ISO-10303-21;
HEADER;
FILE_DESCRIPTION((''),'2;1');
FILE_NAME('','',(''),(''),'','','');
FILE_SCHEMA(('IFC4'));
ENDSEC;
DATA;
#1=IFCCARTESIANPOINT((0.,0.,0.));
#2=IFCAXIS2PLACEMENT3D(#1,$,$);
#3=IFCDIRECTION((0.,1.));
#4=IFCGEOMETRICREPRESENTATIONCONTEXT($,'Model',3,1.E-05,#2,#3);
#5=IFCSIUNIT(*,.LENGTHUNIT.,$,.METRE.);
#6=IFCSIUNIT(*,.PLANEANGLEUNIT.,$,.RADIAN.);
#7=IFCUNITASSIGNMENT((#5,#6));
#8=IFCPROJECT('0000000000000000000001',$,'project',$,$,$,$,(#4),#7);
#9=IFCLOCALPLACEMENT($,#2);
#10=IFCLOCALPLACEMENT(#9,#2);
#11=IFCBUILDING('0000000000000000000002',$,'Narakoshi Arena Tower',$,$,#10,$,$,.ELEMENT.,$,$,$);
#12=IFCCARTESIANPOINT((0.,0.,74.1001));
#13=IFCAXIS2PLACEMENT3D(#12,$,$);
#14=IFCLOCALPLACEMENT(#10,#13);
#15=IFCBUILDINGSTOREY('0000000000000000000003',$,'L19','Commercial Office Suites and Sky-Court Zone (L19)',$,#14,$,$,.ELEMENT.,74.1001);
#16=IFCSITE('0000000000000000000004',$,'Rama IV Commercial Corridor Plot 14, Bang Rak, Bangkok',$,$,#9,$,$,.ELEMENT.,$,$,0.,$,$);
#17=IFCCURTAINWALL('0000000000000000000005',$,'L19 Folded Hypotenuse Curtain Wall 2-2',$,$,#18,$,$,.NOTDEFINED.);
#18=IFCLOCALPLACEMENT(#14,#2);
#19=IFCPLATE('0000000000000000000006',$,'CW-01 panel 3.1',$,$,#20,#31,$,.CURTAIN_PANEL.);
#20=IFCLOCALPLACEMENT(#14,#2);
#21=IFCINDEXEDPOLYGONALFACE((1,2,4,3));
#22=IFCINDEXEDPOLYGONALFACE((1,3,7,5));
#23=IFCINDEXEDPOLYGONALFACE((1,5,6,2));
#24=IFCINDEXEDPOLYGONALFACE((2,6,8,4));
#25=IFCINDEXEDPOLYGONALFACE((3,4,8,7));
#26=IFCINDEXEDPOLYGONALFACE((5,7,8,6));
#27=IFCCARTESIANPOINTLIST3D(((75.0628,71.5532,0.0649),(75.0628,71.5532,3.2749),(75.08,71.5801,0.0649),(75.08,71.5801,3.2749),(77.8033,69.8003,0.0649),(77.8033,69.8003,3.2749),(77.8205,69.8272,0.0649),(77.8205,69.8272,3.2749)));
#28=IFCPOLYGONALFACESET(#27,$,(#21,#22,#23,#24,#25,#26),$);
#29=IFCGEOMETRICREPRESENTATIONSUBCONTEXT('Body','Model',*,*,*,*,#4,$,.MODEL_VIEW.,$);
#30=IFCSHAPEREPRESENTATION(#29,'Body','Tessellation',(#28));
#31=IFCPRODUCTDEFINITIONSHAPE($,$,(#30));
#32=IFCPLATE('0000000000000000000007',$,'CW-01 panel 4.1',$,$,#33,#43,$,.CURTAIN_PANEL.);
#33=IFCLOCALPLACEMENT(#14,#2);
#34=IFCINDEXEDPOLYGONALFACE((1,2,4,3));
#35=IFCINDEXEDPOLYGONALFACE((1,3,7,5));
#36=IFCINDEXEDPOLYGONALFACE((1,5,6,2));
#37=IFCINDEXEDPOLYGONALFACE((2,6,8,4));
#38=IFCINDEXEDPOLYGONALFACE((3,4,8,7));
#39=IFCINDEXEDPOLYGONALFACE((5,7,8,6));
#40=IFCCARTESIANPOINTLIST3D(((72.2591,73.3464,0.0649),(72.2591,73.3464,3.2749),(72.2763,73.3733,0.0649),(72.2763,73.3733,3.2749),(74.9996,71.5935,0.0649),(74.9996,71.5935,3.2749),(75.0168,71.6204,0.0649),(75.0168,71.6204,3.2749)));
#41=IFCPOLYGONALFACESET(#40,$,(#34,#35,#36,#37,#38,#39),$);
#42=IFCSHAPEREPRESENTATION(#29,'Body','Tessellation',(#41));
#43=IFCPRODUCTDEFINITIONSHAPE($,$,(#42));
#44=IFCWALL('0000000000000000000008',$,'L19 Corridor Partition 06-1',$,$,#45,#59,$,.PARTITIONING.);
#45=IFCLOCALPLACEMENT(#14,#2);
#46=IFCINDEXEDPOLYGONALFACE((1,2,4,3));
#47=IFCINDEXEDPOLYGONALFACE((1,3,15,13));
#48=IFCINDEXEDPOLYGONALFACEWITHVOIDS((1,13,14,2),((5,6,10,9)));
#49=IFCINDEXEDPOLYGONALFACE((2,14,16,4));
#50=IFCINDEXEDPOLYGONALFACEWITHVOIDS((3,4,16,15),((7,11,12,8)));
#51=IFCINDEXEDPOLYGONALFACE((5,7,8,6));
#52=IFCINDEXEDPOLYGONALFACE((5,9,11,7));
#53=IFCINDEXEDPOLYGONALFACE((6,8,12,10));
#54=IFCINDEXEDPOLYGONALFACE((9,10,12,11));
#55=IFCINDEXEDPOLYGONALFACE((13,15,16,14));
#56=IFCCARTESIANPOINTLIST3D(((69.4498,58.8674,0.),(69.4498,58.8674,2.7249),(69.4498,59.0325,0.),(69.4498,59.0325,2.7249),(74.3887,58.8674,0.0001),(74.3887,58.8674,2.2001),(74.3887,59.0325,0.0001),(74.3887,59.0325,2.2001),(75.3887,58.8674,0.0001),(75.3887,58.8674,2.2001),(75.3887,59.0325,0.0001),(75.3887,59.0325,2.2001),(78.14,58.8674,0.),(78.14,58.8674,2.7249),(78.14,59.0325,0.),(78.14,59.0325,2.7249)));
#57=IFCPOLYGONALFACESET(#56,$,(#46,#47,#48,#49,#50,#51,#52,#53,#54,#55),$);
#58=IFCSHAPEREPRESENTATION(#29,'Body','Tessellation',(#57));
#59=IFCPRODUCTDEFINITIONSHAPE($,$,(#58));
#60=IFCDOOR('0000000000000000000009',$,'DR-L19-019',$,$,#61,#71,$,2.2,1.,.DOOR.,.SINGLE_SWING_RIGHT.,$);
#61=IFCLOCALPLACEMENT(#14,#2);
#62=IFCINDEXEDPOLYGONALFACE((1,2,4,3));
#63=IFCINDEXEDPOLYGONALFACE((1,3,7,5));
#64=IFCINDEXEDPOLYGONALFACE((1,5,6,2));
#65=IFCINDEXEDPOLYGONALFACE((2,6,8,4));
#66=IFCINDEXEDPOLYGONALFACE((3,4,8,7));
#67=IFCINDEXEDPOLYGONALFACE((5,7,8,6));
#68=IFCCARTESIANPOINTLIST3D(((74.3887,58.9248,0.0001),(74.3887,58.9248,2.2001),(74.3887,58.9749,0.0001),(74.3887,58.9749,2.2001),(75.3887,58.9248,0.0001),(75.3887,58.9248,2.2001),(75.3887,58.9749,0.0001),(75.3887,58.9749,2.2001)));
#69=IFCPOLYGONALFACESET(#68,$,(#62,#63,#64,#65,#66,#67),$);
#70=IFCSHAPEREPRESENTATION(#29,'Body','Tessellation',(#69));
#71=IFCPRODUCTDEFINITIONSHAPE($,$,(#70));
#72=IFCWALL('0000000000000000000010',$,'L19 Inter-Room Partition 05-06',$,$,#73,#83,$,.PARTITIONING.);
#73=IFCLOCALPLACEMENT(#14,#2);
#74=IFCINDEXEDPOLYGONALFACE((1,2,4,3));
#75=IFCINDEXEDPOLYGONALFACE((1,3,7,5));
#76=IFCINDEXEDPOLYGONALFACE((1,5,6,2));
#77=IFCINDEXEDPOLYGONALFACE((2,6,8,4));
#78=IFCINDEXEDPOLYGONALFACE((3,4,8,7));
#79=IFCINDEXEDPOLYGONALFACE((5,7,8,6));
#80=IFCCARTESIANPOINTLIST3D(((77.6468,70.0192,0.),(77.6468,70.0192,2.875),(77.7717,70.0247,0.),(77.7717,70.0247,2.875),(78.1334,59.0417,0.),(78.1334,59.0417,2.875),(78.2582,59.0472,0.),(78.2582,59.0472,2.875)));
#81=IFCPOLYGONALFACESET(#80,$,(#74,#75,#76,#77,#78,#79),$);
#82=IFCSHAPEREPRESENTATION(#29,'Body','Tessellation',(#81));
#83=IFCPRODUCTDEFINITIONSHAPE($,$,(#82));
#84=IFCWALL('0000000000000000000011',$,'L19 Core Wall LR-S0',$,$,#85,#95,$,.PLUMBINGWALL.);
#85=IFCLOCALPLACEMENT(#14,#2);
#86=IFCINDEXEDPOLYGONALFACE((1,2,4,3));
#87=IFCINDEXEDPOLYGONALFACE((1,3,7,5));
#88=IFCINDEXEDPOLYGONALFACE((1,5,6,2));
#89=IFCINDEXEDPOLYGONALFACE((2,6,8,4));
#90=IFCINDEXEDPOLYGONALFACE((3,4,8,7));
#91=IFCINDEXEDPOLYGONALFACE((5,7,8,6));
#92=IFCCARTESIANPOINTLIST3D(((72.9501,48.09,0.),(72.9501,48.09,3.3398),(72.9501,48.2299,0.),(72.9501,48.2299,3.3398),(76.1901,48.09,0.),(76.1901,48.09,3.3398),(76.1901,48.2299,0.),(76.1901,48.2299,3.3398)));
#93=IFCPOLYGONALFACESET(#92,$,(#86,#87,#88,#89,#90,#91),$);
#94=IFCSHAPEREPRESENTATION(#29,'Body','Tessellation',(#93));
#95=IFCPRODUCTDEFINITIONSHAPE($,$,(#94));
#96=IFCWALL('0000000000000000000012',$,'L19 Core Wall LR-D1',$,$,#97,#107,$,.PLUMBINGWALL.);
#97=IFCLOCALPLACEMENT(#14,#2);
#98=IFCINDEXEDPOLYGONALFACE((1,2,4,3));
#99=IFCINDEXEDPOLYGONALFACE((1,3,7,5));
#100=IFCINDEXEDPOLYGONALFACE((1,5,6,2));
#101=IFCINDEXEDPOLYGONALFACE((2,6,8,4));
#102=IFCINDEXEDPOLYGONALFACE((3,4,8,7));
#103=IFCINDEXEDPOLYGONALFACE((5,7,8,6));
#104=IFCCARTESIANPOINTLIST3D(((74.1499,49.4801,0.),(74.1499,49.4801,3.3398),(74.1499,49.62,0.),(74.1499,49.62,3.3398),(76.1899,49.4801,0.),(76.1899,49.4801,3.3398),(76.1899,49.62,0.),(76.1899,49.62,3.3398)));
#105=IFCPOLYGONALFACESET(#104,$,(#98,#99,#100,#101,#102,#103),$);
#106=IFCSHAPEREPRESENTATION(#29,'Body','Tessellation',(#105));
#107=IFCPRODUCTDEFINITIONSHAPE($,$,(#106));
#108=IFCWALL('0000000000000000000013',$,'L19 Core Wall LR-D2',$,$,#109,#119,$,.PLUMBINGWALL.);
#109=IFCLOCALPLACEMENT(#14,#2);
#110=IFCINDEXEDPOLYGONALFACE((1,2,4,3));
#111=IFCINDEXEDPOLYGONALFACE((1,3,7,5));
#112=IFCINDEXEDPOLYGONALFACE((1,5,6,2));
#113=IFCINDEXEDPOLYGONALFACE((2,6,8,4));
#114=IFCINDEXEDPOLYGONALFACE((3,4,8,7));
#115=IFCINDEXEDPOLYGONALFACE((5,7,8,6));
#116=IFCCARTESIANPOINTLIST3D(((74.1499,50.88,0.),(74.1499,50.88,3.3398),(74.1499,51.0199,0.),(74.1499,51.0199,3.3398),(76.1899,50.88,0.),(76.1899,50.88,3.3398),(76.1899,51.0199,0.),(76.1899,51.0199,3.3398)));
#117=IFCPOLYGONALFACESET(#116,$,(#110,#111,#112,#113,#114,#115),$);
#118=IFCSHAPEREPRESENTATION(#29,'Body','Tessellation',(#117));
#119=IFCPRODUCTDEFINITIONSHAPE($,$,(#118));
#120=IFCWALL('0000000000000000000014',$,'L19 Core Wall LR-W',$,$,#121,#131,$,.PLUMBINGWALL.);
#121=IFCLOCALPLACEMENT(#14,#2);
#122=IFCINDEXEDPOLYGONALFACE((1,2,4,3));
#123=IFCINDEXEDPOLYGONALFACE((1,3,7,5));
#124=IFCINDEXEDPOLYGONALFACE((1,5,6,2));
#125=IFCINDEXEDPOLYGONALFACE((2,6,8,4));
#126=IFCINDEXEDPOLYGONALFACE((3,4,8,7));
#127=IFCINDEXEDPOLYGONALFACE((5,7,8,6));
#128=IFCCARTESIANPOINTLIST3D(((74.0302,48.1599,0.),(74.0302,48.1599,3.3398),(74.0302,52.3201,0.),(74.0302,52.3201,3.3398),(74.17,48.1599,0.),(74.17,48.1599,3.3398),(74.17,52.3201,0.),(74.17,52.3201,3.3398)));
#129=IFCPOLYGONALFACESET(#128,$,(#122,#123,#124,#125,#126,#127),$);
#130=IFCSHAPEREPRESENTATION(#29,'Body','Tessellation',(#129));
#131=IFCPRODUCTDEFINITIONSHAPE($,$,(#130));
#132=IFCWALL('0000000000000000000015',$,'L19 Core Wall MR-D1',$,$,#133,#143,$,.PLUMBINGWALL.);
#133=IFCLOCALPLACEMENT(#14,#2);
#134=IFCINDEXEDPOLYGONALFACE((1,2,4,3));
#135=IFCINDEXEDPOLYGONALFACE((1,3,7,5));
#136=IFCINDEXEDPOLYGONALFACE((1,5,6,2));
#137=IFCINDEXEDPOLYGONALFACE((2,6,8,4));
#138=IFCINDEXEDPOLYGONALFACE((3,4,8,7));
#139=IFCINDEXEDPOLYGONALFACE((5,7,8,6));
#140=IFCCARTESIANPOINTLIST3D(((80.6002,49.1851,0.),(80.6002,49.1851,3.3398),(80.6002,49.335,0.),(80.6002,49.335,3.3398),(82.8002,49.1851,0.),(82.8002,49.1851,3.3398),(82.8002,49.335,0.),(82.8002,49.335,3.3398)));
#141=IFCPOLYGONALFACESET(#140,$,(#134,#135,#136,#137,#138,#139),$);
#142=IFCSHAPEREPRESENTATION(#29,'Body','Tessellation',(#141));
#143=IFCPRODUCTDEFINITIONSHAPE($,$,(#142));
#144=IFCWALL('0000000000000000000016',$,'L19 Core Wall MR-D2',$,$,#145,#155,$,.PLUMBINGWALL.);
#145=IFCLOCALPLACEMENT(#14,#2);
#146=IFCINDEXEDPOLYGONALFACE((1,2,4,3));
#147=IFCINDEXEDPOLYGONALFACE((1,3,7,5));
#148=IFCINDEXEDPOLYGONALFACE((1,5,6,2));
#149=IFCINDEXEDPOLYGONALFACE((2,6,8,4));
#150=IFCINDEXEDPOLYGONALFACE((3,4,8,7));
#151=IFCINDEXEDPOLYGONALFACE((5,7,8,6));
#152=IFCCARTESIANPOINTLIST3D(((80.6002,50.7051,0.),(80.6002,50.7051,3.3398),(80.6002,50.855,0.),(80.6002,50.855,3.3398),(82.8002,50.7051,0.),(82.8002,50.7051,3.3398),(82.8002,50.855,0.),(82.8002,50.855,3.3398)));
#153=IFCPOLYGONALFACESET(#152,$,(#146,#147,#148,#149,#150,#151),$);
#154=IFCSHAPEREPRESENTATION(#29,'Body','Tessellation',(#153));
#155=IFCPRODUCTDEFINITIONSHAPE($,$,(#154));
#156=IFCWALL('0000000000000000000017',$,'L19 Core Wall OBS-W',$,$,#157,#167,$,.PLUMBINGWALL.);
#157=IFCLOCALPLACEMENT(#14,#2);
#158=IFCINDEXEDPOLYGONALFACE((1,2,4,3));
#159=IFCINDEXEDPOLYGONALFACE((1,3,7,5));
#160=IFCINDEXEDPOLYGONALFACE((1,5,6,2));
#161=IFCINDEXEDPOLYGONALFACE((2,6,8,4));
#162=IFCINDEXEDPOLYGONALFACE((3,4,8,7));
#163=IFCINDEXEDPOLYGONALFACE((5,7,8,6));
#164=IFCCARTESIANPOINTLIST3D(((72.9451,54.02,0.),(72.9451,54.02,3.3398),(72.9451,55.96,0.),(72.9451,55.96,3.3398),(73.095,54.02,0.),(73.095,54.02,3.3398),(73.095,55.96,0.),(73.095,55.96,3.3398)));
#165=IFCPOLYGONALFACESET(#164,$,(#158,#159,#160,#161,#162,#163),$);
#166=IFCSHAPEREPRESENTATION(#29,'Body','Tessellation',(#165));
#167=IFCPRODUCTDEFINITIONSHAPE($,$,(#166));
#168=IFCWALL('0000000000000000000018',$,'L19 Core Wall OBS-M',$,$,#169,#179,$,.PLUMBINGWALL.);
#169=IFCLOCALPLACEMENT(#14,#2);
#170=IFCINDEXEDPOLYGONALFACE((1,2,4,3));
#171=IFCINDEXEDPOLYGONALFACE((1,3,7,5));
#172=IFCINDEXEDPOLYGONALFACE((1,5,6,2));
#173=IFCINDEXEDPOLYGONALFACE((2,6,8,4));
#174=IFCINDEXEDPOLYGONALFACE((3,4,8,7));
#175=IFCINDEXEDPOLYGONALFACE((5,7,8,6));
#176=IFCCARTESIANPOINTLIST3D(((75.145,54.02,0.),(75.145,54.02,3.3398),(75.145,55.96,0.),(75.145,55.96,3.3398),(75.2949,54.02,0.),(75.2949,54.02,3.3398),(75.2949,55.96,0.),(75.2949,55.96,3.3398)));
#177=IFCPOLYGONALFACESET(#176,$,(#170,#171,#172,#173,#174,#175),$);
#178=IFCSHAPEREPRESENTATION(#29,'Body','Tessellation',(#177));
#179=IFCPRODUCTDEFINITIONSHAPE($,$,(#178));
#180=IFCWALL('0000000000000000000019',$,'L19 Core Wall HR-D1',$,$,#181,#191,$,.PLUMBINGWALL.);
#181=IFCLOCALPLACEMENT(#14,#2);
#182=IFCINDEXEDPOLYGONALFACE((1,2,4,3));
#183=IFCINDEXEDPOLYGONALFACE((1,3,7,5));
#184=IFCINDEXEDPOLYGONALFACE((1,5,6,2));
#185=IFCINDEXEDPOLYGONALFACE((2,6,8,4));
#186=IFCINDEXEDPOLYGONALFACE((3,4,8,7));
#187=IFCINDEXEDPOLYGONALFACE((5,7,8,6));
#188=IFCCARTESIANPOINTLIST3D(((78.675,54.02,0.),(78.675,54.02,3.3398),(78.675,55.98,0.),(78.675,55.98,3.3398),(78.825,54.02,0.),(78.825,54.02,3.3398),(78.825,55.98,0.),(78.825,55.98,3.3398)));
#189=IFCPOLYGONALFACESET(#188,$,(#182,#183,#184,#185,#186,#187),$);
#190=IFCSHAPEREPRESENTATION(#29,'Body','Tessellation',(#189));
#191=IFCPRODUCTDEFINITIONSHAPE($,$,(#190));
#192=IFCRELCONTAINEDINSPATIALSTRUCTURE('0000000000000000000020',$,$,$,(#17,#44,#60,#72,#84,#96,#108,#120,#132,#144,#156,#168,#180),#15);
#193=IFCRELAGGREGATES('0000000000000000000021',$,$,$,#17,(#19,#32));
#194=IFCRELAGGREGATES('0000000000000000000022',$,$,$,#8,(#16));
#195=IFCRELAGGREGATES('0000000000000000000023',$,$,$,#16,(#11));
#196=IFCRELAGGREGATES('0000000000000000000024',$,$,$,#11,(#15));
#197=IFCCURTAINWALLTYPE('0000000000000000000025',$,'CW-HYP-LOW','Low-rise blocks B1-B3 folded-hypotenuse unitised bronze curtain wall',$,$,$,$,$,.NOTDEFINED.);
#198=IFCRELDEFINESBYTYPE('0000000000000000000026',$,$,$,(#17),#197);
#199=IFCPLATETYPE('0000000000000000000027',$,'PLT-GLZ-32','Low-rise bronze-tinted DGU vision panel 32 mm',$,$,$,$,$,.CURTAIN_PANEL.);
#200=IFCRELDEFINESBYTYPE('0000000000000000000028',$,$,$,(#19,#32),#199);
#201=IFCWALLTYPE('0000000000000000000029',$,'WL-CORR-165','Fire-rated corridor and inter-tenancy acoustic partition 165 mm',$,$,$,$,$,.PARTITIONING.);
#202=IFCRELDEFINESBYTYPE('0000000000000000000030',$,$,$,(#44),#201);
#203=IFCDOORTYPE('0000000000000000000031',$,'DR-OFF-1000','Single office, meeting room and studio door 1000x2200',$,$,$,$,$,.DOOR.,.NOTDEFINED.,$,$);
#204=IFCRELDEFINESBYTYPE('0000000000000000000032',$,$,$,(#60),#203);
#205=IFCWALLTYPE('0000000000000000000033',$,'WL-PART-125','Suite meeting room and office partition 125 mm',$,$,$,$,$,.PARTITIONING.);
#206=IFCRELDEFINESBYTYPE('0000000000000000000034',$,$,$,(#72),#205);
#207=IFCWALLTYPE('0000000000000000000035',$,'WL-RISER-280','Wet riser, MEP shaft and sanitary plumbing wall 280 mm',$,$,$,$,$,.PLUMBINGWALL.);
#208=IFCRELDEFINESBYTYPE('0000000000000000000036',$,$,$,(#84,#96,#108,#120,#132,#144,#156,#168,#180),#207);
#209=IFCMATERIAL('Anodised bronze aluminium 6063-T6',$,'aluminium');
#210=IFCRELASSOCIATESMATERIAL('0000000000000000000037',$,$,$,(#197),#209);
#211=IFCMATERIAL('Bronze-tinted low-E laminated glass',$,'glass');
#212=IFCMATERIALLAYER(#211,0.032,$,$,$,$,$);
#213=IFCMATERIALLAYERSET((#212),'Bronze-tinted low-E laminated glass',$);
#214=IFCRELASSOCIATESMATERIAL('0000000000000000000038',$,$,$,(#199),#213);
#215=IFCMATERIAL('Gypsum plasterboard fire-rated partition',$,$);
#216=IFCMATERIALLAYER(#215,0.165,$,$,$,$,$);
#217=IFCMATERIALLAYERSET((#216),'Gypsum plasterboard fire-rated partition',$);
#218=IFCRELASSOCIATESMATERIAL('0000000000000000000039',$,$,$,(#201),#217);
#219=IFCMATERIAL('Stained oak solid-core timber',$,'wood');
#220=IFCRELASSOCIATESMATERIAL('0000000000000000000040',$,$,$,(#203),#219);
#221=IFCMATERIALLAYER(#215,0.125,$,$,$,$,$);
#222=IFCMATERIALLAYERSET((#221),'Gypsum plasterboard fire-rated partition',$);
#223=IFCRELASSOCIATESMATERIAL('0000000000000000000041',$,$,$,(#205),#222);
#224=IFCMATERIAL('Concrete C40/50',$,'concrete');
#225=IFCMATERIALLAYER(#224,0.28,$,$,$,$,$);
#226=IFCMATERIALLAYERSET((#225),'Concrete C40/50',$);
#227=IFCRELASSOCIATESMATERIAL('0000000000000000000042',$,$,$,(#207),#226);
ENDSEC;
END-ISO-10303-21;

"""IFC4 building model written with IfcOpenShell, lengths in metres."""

from ifc_helpers import new_model, si_unit, direction, frame, frame_2d, origin, origin_2d, place, context, subcontext, project, spatial, rectangle, extrude, material, layer, layer_set, type_object, element, fill, aggregate, save


model = new_model("IFC4")

# Units and contexts
model_context = context("Model", 3, precision=1e-05, world=origin(), true_north=direction((0.0, 1.0)))
body_context = subcontext(model_context, "Body", "Model", "MODEL_VIEW")
ifc_project = project(units=[si_unit("LENGTHUNIT", "METRE"), si_unit("PLANEANGLEUNIT", "RADIAN")], contexts=[model_context])

# Site, building, storey
site_placement = place(None, origin())
site = spatial("IfcSite", under=ifc_project, at=site_placement, Name="Rama IV Commercial Corridor Plot 14, Bang Rak, Bangkok", CompositionType="ELEMENT", RefElevation=0.0)
building_placement = place(site_placement, origin())
building = spatial("IfcBuilding", under=site, at=building_placement, Name="Narakoshi Arena Tower", CompositionType="ELEMENT")
storey_placement = place(building_placement, frame((0.0, 0.0, 74.1001)))
storey = spatial("IfcBuildingStorey", under=building, at=storey_placement, Name="L19", Description="Commercial Office Suites and Sky-Court Zone (L19)", CompositionType="ELEMENT", Elevation=74.1001)

# Curtain wall, plates
ifc_material_1 = material(Name="Anodised bronze aluminium 6063-T6", Category="aluminium")
curtain_wall_type = type_object("IfcCurtainWallType", Name="CW-HYP-LOW", Description="Low-rise blocks B1-B3 folded-hypotenuse unitised bronze curtain wall", PredefinedType="NOTDEFINED", material=ifc_material_1)
curtain_wall_placement = place(storey_placement, origin())
curtain_wall = element("IfcCurtainWall", 1, at=curtain_wall_placement, inside=storey, type_object=curtain_wall_type, Name="L19 Folded Hypotenuse Curtain Wall 2-2", PredefinedType="NOTDEFINED")
ifc_material_2 = material(Name="Bronze-tinted low-E laminated glass", Category="glass")
ifc_layer_1 = layer(ifc_material_2, 0.032)
ifc_layer_set_1 = layer_set([ifc_layer_1], Name="Bronze-tinted low-E laminated glass")
plate_type = type_object("IfcPlateType", Name="PLT-GLZ-32", Description="Low-rise bronze-tinted DGU vision panel 32 mm", PredefinedType="CURTAIN_PANEL", material=ifc_layer_set_1)
plate_1_placement = place(storey_placement, frame((76.4417, 70.6902, 0.0649), z_axis=(0.0, 0.0, 1.0), x_axis=(-0.842415, 0.538829, 0.0)))
plate_1 = element("IfcPlate", 2, at=plate_1_placement, type_object=plate_type, Name="CW-01 panel 3.1", PredefinedType="CURTAIN_PANEL", context=body_context, shape_type="SweptSolid", body=[
    extrude(rectangle(XDim=3.2532, YDim=0.032, at=origin_2d()), origin(), (0.0, 0.0, 1.0), 3.21),
])
plate_2_placement = place(storey_placement, frame((73.6379, 72.4834, 0.0649), z_axis=(0.0, 0.0, 1.0), x_axis=(-0.842415, 0.538829, 0.0)))
plate_2 = element("IfcPlate", 3, at=plate_2_placement, type_object=plate_type, Name="CW-01 panel 4.1", PredefinedType="CURTAIN_PANEL", context=body_context, shape_type="SweptSolid", body=[
    extrude(rectangle(XDim=3.2532, YDim=0.032, at=origin_2d()), origin(), (0.0, 0.0, 1.0), 3.21),
])
aggregate(curtain_wall, [plate_1, plate_2])

# Wall, opening, door
ifc_material_3 = material(Name="Gypsum plasterboard fire-rated partition")
ifc_layer_2 = layer(ifc_material_3, 0.165)
ifc_layer_set_2 = layer_set([ifc_layer_2], Name="Gypsum plasterboard fire-rated partition")
wall_type_1 = type_object("IfcWallType", Name="WL-CORR-165", Description="Fire-rated corridor and inter-tenancy acoustic partition 165 mm", PredefinedType="PARTITIONING", material=ifc_layer_set_2)
wall_1_placement = place(storey_placement, frame((78.1401, 58.95, 0.0), z_axis=(0.0, 0.0, 1.0), x_axis=(-1.0, 0.0, 0.0)))
wall_1 = element("IfcWall", 4, at=wall_1_placement, inside=storey, type_object=wall_type_1, Name="L19 Corridor Partition 06-1", PredefinedType="PARTITIONING", context=body_context, shape_type="SweptSolid", body=[
    extrude(rectangle(XDim=8.6902, YDim=0.165, at=frame_2d((4.3452, 0.0))), origin(), (0.0, 0.0, 1.0), 2.7249),
])
opening_placement = place(wall_1_placement, frame((2.7515, 0.0, 0.0)))
opening = element("IfcOpeningElement", 5, at=opening_placement, cuts=wall_1, PredefinedType="OPENING", context=body_context, shape_type="SweptSolid", body=[
    extrude(rectangle(XDim=1.0, YDim=2.2, at=frame_2d((0.5, 1.1001))), frame((0.0, 0.0925, 0.0), z_axis=(0.0, -1.0, 0.0), x_axis=(1.0, 0.0, 0.0)), (0.0, 0.0, 1.0), 0.1851),
])
ifc_material_4 = material(Name="Stained oak solid-core timber", Category="wood")
door_type = type_object("IfcDoorType", Name="DR-OFF-1000", Description="Single office, meeting room and studio door 1000x2200", OperationType="NOTDEFINED", PredefinedType="DOOR", material=ifc_material_4)
door_placement = place(opening_placement, frame((1.0, 0.0, 0.0), z_axis=(0.0, 0.0, 1.0), x_axis=(-1.0, 0.0, 0.0)))
door = element("IfcDoor", 6, at=door_placement, inside=storey, type_object=door_type, Name="DR-L19-019", OperationType="SINGLE_SWING_RIGHT", OverallHeight=2.2, OverallWidth=1.0, PredefinedType="DOOR", context=body_context, shape_type="SweptSolid", body=[
    extrude(rectangle(XDim=1.0, YDim=2.2, at=frame_2d((0.5, 1.1001))), frame((0.0, 0.0249, 0.0), z_axis=(0.0, -1.0, 0.0), x_axis=(1.0, 0.0, 0.0)), (0.0, 0.0, 1.0), 0.05),
])
fill(opening, door)

# Walls
ifc_layer_3 = layer(ifc_material_3, 0.125)
ifc_layer_set_3 = layer_set([ifc_layer_3], Name="Gypsum plasterboard fire-rated partition")
wall_type_2 = type_object("IfcWallType", Name="WL-PART-125", Description="Suite meeting room and office partition 125 mm", PredefinedType="PARTITIONING", material=ifc_layer_set_3)
wall_2_placement = place(storey_placement, frame((78.1958, 59.0444, 0.0), z_axis=(0.0, 0.0, 1.0), x_axis=(-0.044281, 0.999019, 0.0)))
element("IfcWall", 7, at=wall_2_placement, inside=storey, type_object=wall_type_2, Name="L19 Inter-Room Partition 05-06", PredefinedType="PARTITIONING", context=body_context, shape_type="SweptSolid", body=[
    extrude(rectangle(XDim=10.9883, YDim=0.125, at=frame_2d((5.4941, 0.0))), origin(), (0.0, 0.0, 1.0), 2.875),
])
ifc_material_5 = material(Name="Concrete C40/50", Category="concrete")
ifc_layer_4 = layer(ifc_material_5, 0.28)
ifc_layer_set_4 = layer_set([ifc_layer_4], Name="Concrete C40/50")
wall_type_3 = type_object("IfcWallType", Name="WL-RISER-280", Description="Wet riser, MEP shaft and sanitary plumbing wall 280 mm", PredefinedType="PLUMBINGWALL", material=ifc_layer_set_4)
wall_3_placement = place(storey_placement, frame((72.95, 48.1599, 0.0), z_axis=(0.0, 0.0, 1.0), x_axis=(1.0, 0.0, 0.0)))
element("IfcWall", 8, at=wall_3_placement, inside=storey, type_object=wall_type_3, Name="L19 Core Wall LR-S0", PredefinedType="PLUMBINGWALL", context=body_context, shape_type="SweptSolid", body=[
    extrude(rectangle(XDim=3.24, YDim=0.1399, at=frame_2d((1.6201, 0.0))), origin(), (0.0, 0.0, 1.0), 3.3398),
])
for number, where, z_axis, x_axis, name in (
    (9, (74.1499, 49.55, 0.0), (0.0, 0.0, 1.0), (1.0, 0.0, 0.0), "L19 Core Wall LR-D1"),
    (10, (74.1499, 50.95, 0.0), (0.0, 0.0, 1.0), (1.0, 0.0, 0.0), "L19 Core Wall LR-D2"),
):
    element("IfcWall", number, at=place(storey_placement, frame(where, z_axis=z_axis, x_axis=x_axis)), inside=storey, type_object=wall_type_3, Name=name, PredefinedType="PLUMBINGWALL", context=body_context, shape_type="SweptSolid", body=[
        extrude(rectangle(XDim=2.04, YDim=0.1399, at=frame_2d((1.02, 0.0))), origin(), (0.0, 0.0, 1.0), 3.3398),
    ])
wall_4_placement = place(storey_placement, frame((74.1001, 48.1599, 0.0), z_axis=(0.0, 0.0, 1.0), x_axis=(0.0, 1.0, 0.0)))
element("IfcWall", 11, at=wall_4_placement, inside=storey, type_object=wall_type_3, Name="L19 Core Wall LR-W", PredefinedType="PLUMBINGWALL", context=body_context, shape_type="SweptSolid", body=[
    extrude(rectangle(XDim=4.1602, YDim=0.1399, at=frame_2d((2.0801, 0.0))), origin(), (0.0, 0.0, 1.0), 3.3398),
])
for number, where, z_axis, x_axis, name in (
    (12, (80.6001, 49.26, 0.0), (0.0, 0.0, 1.0), (1.0, 0.0, 0.0), "L19 Core Wall MR-D1"),
    (13, (80.6001, 50.78, 0.0), (0.0, 0.0, 1.0), (1.0, 0.0, 0.0), "L19 Core Wall MR-D2"),
):
    element("IfcWall", number, at=place(storey_placement, frame(where, z_axis=z_axis, x_axis=x_axis)), inside=storey, type_object=wall_type_3, Name=name, PredefinedType="PLUMBINGWALL", context=body_context, shape_type="SweptSolid", body=[
        extrude(rectangle(XDim=2.2, YDim=0.1499, at=frame_2d((1.1001, 0.0))), origin(), (0.0, 0.0, 1.0), 3.3398),
    ])
for number, where, z_axis, x_axis, name in (
    (14, (73.02, 54.02, 0.0), (0.0, 0.0, 1.0), (0.0, 1.0, 0.0), "L19 Core Wall OBS-W"),
    (15, (75.22, 54.02, 0.0), (0.0, 0.0, 1.0), (0.0, 1.0, 0.0), "L19 Core Wall OBS-M"),
):
    element("IfcWall", number, at=place(storey_placement, frame(where, z_axis=z_axis, x_axis=x_axis)), inside=storey, type_object=wall_type_3, Name=name, PredefinedType="PLUMBINGWALL", context=body_context, shape_type="SweptSolid", body=[
        extrude(rectangle(XDim=1.9399, YDim=0.1499, at=frame_2d((0.97, 0.0))), origin(), (0.0, 0.0, 1.0), 3.3398),
    ])
wall_5_placement = place(storey_placement, frame((78.75, 54.02, 0.0), z_axis=(0.0, 0.0, 1.0), x_axis=(0.0, 1.0, 0.0)))
element("IfcWall", 16, at=wall_5_placement, inside=storey, type_object=wall_type_3, Name="L19 Core Wall HR-D1", PredefinedType="PLUMBINGWALL", context=body_context, shape_type="SweptSolid", body=[
    extrude(rectangle(XDim=1.96, YDim=0.1499, at=frame_2d((0.98, 0.0))), origin(), (0.0, 0.0, 1.0), 3.3398),
])

save(model, "model.ifc")
